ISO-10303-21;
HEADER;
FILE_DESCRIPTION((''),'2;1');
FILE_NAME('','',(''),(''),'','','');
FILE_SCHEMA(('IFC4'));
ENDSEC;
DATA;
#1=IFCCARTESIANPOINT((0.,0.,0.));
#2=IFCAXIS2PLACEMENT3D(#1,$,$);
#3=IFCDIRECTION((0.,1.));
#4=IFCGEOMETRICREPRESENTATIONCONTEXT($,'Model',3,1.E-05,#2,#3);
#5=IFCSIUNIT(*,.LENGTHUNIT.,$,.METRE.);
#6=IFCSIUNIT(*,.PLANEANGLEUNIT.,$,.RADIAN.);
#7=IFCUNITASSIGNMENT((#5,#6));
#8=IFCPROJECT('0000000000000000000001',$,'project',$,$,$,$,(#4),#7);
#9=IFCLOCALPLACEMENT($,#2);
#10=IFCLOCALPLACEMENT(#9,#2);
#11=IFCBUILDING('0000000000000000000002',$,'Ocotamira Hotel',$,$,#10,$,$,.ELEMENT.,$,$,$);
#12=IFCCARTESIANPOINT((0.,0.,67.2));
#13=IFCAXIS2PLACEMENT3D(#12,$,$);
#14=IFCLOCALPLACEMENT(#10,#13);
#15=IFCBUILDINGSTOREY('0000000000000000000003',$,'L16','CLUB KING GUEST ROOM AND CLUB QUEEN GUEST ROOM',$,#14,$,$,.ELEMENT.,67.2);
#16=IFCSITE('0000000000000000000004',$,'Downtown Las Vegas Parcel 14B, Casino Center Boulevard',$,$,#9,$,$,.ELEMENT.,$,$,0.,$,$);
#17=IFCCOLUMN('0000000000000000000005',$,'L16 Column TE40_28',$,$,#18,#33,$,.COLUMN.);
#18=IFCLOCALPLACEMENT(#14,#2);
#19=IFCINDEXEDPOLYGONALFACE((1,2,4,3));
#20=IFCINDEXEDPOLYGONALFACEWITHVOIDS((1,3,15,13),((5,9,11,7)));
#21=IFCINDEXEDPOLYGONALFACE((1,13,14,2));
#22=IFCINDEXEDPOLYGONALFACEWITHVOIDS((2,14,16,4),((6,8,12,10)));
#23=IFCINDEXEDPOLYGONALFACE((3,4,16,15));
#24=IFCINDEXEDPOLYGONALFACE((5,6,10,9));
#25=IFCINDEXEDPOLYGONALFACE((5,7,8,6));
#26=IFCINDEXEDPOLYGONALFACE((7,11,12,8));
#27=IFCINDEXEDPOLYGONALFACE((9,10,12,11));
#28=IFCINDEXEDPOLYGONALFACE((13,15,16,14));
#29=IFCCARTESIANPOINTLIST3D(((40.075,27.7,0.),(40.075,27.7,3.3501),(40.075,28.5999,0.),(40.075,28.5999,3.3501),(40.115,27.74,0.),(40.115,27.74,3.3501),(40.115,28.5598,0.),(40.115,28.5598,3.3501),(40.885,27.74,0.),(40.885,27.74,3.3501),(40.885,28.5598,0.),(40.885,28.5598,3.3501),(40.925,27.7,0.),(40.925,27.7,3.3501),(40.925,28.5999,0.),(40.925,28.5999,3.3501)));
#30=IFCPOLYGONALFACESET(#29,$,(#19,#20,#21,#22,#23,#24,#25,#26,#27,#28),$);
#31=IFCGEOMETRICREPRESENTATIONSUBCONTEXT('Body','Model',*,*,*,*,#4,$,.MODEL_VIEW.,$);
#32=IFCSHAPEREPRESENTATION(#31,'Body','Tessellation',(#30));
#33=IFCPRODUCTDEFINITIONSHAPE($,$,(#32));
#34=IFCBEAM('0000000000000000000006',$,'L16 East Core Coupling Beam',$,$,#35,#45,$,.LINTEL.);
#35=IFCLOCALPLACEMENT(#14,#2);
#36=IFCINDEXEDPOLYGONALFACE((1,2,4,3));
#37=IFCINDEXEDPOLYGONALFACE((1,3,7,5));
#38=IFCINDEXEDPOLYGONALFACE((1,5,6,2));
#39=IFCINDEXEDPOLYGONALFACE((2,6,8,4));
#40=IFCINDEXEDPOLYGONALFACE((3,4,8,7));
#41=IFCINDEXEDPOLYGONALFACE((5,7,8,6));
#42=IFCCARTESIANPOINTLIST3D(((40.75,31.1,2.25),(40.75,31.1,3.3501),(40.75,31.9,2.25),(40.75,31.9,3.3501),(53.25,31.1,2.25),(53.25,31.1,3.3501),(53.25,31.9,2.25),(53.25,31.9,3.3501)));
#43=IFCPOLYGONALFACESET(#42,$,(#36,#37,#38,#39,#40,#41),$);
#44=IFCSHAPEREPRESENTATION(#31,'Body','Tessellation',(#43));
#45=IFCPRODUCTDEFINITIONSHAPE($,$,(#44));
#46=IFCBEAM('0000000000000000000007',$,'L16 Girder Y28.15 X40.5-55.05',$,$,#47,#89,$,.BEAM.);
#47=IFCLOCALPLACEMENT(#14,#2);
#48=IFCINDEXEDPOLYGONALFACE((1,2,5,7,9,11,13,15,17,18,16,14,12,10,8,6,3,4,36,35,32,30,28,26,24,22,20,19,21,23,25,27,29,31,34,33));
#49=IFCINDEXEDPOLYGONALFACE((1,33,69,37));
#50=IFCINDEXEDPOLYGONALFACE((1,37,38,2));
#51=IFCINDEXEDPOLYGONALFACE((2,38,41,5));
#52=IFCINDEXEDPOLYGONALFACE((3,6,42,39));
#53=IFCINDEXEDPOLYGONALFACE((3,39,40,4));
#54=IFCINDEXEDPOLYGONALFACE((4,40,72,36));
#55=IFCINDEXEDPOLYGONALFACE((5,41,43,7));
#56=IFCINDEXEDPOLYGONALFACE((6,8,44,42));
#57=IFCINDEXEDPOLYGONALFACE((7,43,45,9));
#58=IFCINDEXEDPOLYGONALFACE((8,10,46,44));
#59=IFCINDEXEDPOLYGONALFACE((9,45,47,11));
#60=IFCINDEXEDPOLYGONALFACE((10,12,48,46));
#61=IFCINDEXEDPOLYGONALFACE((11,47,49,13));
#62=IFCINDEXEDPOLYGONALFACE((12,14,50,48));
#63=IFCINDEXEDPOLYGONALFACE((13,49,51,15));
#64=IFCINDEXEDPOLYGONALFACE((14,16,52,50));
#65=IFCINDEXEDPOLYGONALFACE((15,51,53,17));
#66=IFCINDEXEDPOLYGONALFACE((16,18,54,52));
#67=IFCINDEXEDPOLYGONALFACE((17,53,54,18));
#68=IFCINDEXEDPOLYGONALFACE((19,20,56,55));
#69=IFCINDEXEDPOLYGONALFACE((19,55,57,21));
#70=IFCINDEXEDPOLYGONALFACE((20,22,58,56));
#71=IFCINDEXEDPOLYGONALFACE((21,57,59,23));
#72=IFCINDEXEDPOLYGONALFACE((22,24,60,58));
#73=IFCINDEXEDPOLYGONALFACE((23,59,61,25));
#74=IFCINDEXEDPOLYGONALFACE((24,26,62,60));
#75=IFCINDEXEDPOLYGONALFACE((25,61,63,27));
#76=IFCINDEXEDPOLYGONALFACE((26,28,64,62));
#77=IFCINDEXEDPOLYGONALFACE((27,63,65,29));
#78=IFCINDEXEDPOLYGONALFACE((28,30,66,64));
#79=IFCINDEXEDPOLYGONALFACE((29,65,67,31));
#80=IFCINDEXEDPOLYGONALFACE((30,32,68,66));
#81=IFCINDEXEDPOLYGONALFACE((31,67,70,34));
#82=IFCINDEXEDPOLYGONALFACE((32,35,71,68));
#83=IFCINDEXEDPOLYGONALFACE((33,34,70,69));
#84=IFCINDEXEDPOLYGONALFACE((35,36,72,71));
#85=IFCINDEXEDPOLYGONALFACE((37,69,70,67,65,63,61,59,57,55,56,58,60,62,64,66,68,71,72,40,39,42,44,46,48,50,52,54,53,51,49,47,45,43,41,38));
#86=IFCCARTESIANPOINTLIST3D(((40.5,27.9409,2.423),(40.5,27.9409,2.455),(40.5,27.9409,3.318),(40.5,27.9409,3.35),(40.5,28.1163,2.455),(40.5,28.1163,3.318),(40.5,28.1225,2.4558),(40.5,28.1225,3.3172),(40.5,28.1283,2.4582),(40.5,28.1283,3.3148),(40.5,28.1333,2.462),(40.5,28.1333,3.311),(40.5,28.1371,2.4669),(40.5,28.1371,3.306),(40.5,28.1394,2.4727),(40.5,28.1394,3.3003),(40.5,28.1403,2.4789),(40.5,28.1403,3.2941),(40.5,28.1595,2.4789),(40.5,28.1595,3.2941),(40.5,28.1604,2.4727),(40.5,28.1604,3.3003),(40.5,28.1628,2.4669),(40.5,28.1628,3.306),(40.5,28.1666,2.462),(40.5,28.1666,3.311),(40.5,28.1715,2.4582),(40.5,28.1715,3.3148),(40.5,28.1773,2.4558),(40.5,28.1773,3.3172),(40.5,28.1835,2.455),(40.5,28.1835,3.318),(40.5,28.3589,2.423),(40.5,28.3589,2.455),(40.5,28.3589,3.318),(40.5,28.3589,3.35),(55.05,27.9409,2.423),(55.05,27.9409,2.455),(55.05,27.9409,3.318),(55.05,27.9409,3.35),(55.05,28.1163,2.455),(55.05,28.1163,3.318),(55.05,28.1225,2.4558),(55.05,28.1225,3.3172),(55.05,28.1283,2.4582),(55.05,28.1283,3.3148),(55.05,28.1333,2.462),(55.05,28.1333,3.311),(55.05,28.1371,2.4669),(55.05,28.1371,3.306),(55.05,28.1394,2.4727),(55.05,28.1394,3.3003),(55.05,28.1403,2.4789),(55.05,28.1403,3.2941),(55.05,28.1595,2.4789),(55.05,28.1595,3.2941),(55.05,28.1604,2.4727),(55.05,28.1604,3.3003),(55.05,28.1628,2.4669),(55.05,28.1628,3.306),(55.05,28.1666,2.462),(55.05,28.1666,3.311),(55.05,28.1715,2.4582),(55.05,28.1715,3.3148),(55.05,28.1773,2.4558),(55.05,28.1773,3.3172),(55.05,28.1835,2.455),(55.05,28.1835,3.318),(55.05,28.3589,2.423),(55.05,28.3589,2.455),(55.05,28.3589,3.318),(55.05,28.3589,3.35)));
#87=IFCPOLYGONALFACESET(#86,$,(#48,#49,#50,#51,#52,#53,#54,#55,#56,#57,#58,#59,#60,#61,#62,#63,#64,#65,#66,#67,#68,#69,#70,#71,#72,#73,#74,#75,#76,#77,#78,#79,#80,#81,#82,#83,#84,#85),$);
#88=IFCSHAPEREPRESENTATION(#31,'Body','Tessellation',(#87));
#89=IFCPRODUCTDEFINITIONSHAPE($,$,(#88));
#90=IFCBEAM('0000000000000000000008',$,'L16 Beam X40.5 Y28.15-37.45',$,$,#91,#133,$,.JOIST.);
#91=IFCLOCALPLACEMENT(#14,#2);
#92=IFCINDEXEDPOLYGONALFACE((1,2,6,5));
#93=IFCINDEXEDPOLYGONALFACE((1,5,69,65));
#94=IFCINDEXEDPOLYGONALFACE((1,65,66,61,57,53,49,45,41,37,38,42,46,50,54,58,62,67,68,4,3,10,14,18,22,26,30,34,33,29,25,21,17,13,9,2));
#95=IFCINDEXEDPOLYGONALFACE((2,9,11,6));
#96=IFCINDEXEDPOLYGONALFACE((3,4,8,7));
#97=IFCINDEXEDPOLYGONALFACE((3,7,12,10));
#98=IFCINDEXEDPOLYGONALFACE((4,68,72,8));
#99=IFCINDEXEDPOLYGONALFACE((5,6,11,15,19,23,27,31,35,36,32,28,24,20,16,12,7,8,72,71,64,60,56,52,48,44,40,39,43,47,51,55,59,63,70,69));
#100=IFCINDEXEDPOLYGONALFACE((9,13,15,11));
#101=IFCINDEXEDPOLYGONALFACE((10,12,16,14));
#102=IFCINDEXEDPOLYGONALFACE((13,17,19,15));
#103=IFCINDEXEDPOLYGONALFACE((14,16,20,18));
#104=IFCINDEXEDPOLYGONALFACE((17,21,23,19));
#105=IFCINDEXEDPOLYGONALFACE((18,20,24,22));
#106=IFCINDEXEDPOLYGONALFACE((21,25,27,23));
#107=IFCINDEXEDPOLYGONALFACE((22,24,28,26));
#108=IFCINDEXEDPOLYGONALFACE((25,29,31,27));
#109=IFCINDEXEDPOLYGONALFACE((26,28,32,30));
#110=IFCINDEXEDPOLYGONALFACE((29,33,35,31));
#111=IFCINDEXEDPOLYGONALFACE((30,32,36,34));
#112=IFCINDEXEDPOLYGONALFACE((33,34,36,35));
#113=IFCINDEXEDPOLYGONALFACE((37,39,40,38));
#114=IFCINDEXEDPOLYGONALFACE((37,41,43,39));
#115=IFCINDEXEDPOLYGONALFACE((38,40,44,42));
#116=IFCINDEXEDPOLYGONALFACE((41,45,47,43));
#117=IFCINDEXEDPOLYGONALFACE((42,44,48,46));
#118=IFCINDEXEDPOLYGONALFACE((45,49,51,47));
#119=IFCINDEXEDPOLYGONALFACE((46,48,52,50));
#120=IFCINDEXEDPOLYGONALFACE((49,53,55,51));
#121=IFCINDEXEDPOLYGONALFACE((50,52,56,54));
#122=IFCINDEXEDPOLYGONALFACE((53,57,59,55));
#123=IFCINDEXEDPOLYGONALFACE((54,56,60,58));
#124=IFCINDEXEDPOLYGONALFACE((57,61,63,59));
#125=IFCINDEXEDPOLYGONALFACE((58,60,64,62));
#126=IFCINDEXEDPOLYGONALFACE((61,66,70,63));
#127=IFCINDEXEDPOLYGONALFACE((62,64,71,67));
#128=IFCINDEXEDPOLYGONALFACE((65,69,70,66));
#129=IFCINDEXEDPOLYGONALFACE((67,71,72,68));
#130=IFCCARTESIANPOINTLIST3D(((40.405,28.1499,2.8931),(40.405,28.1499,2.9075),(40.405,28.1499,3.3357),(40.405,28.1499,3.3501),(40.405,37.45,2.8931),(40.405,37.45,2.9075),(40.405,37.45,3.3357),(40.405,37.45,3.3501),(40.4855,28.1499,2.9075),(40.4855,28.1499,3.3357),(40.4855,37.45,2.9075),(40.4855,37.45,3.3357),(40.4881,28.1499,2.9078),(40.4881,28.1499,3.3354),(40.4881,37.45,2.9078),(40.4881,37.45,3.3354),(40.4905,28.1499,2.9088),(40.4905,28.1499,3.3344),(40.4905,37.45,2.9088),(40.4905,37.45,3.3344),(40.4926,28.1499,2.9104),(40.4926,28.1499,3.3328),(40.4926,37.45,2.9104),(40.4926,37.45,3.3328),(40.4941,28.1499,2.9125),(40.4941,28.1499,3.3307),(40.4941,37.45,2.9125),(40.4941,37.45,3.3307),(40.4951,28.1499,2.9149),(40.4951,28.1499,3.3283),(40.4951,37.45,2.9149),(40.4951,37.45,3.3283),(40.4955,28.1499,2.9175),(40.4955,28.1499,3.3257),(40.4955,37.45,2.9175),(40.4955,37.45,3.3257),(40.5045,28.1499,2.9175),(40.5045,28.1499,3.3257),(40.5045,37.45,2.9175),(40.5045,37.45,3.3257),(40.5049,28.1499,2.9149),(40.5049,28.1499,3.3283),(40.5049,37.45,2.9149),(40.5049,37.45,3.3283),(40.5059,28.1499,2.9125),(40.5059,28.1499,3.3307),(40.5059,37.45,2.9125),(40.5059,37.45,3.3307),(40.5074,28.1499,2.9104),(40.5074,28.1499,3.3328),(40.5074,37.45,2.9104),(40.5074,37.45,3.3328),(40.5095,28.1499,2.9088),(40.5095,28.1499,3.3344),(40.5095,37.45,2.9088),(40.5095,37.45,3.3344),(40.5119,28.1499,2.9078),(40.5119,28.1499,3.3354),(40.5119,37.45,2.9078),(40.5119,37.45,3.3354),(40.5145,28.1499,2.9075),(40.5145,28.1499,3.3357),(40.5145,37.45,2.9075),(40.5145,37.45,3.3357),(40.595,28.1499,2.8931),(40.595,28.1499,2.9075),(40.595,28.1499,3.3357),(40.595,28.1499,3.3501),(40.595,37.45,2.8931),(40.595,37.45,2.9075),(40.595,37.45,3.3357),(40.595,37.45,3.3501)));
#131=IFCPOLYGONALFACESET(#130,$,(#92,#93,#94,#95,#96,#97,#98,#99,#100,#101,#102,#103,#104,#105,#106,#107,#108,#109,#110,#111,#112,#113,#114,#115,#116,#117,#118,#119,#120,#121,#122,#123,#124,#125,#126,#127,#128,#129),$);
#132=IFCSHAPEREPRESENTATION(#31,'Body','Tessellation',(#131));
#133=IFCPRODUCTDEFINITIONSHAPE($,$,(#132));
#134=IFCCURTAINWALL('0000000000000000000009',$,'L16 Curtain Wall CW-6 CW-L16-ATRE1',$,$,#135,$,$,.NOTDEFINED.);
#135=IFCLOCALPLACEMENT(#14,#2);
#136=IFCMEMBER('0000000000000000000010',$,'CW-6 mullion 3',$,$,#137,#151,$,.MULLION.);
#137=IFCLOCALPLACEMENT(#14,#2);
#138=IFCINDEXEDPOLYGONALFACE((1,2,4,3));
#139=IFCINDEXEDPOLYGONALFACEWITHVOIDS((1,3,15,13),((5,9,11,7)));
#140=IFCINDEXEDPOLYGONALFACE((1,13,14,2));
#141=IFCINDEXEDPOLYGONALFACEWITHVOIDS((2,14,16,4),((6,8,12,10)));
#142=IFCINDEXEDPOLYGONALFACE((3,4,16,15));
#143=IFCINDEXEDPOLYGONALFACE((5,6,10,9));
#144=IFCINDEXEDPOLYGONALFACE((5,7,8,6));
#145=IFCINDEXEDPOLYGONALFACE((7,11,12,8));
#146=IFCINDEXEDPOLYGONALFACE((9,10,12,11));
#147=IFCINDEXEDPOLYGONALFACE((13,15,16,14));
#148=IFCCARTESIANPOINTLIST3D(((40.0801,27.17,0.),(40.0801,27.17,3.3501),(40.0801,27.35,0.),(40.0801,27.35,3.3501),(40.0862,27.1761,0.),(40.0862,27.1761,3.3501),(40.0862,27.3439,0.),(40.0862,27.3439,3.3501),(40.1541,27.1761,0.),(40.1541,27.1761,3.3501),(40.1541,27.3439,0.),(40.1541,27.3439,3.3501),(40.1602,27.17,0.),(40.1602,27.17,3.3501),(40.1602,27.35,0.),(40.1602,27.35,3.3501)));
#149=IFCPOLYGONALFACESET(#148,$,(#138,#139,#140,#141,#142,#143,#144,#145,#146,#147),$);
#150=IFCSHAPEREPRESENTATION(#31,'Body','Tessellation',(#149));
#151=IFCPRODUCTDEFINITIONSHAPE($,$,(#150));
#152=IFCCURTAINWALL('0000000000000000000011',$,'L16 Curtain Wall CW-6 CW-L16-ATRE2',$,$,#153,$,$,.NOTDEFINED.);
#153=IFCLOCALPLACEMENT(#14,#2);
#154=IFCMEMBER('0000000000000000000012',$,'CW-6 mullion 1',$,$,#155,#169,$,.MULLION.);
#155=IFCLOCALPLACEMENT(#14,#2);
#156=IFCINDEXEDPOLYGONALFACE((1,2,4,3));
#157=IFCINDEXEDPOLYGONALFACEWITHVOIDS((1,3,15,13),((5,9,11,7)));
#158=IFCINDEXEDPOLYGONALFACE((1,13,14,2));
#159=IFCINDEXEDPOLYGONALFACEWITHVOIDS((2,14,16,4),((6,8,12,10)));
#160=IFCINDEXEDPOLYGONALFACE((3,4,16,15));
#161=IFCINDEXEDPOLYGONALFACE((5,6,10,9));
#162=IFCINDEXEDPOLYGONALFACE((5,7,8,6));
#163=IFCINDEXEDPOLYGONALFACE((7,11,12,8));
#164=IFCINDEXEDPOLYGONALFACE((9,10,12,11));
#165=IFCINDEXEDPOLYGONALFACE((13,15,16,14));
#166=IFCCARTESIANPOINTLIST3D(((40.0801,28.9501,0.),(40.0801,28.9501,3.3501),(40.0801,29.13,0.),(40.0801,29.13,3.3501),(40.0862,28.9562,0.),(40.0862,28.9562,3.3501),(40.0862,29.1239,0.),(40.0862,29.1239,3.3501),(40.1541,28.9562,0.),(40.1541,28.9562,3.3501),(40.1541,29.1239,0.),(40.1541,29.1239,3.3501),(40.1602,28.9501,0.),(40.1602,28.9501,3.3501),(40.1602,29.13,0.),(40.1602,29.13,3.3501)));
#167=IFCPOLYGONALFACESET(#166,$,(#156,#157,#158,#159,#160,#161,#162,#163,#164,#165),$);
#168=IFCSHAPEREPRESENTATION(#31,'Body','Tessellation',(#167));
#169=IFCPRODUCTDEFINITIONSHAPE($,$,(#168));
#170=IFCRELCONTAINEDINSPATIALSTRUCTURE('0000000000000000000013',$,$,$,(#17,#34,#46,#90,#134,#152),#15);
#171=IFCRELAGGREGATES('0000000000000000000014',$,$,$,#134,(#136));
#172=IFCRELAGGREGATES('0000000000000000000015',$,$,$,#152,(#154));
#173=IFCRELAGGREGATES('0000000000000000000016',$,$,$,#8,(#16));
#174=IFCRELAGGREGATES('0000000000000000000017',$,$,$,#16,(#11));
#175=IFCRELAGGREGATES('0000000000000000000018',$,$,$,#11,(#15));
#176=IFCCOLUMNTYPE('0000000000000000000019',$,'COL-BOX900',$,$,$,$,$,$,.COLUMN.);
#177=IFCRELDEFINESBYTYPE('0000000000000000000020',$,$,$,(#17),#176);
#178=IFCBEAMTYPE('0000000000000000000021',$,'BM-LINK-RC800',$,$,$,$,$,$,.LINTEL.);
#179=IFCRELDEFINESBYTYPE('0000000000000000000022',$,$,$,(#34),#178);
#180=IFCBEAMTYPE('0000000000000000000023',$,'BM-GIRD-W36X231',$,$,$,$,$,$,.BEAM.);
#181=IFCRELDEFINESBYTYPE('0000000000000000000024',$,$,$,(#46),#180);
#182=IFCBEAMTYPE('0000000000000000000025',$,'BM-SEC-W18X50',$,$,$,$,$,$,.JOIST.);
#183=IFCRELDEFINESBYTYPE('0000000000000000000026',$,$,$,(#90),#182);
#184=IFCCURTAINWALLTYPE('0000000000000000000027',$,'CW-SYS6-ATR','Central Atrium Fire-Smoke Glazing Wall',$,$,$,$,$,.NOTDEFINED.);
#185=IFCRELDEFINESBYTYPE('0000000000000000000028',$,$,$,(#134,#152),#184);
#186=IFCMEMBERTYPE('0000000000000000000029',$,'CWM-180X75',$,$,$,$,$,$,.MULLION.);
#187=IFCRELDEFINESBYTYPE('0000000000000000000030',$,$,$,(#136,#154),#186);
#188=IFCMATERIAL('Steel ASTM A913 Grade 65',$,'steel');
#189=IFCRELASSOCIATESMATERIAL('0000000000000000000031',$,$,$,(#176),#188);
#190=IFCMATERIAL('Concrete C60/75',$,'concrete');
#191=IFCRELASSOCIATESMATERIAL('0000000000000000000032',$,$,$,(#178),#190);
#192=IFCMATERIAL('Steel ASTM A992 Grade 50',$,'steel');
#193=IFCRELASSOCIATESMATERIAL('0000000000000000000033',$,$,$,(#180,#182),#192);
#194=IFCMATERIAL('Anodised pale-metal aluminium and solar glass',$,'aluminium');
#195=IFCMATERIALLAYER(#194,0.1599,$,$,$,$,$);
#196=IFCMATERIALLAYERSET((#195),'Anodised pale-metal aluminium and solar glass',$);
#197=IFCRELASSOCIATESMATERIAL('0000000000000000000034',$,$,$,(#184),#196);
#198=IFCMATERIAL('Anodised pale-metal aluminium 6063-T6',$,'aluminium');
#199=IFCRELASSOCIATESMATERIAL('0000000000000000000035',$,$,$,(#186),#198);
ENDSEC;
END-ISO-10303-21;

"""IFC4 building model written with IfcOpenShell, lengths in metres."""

from ifc_helpers import new_model, si_unit, direction, frame, origin, origin_2d, place, context, subcontext, project, spatial, rectangle, hollow_rectangle, i_section, extrude, source, transform, mapped, material, layer, layer_set, material_profile, profile_set, type_object, element, aggregate, save


model = new_model("IFC4")

# Units and contexts
model_context = context("Model", 3, precision=1e-05, world=origin(), true_north=direction((0.0, 1.0)))
body_context = subcontext(model_context, "Body", "Model", "MODEL_VIEW")
ifc_project = project(units=[si_unit("LENGTHUNIT", "METRE"), si_unit("PLANEANGLEUNIT", "RADIAN")], contexts=[model_context])

# Site, building, storey
site_placement = place(None, origin())
site = spatial("IfcSite", under=ifc_project, at=site_placement, Name="Downtown Las Vegas Parcel 14B, Casino Center Boulevard", CompositionType="ELEMENT", RefElevation=0.0)
building_placement = place(site_placement, origin())
building = spatial("IfcBuilding", under=site, at=building_placement, Name="Ocotamira Hotel", CompositionType="ELEMENT")
storey_placement = place(building_placement, frame((0.0, 0.0, 67.2)))
storey = spatial("IfcBuildingStorey", under=building, at=storey_placement, Name="L16", Description="CLUB KING GUEST ROOM AND CLUB QUEEN GUEST ROOM", CompositionType="ELEMENT", Elevation=67.2)

# Column
ifc_material_1 = material(Name="Steel ASTM A913 Grade 65", Category="steel")
ifc_material_profile_1 = material_profile(ifc_material_1, hollow_rectangle(XDim=0.8501, YDim=0.8999, WallThickness=0.04, at=origin_2d()), Name="BOX900X850X40")
ifc_profile_set_1 = profile_set([ifc_material_profile_1], Name="Steel ASTM A913 Grade 65")
column_type = type_object("IfcColumnType", Name="COL-BOX900", PredefinedType="COLUMN", material=ifc_profile_set_1)
shared_shape_1 = source(origin(), body_context, "Body", "SweptSolid", [
    extrude(hollow_rectangle(XDim=0.8501, YDim=0.8999, WallThickness=0.04, at=origin_2d()), origin(), (0.0, 0.0, 1.0), 3.3501),
])
column_placement = place(storey_placement, frame((40.5, 28.1499, 0.0), z_axis=(0.0, 0.0, 1.0), x_axis=(1.0, 0.0, 0.0)))
element("IfcColumn", 1, at=column_placement, inside=storey, type_object=column_type, Name="L16 Column TE40_28", PredefinedType="COLUMN", context=body_context, shape_type="MappedRepresentation", body=[
    mapped(shared_shape_1, transform((0.0, 0.0, 0.0), scale=1.0)),
])

# Beams
ifc_material_2 = material(Name="Concrete C60/75", Category="concrete")
ifc_material_profile_2 = material_profile(ifc_material_2, rectangle(XDim=0.8, YDim=1.1001, at=origin_2d()), Name="RC800X1100")
ifc_profile_set_2 = profile_set([ifc_material_profile_2], Name="Concrete C60/75")
beam_type_1 = type_object("IfcBeamType", Name="BM-LINK-RC800", PredefinedType="LINTEL", material=ifc_profile_set_2)
shared_shape_2 = source(origin(), body_context, "Body", "SweptSolid", [
    extrude(rectangle(XDim=0.8, YDim=1.1001, at=origin_2d()), origin(), (0.0, 0.0, 1.0), 12.5),
])
beam_1_placement = place(storey_placement, frame((40.75, 31.5, 2.8), z_axis=(1.0, 0.0, 0.0), x_axis=(0.0, 1.0, 0.0)))
element("IfcBeam", 2, at=beam_1_placement, inside=storey, type_object=beam_type_1, Name="L16 East Core Coupling Beam", PredefinedType="LINTEL", context=body_context, shape_type="MappedRepresentation", body=[
    mapped(shared_shape_2, transform((0.0, 0.0, 0.0), scale=1.0)),
])
ifc_material_3 = material(Name="Steel ASTM A992 Grade 50", Category="steel")
ifc_material_profile_3 = material_profile(ifc_material_3, i_section(OverallWidth=0.418, OverallDepth=0.927, WebThickness=0.0193, FlangeThickness=0.032, FilletRadius=0.0239, at=origin_2d()), Name="W36X231")
ifc_profile_set_3 = profile_set([ifc_material_profile_3], Name="Steel ASTM A992 Grade 50")
beam_type_2 = type_object("IfcBeamType", Name="BM-GIRD-W36X231", PredefinedType="BEAM", material=ifc_profile_set_3)
shared_shape_3 = source(origin(), body_context, "Body", "SweptSolid", [
    extrude(i_section(OverallWidth=0.418, OverallDepth=0.927, WebThickness=0.0193, FlangeThickness=0.032, FilletRadius=0.0239, at=origin_2d()), origin(), (0.0, 0.0, 1.0), 14.55),
])
beam_2_placement = place(storey_placement, frame((40.5, 28.1499, 2.8865), z_axis=(1.0, 0.0, 0.0), x_axis=(0.0, 1.0, 0.0)))
element("IfcBeam", 3, at=beam_2_placement, inside=storey, type_object=beam_type_2, Name="L16 Girder Y28.15 X40.5-55.05", PredefinedType="BEAM", context=body_context, shape_type="MappedRepresentation", body=[
    mapped(shared_shape_3, transform((0.0, 0.0, 0.0), scale=1.0)),
])
ifc_material_profile_4 = material_profile(ifc_material_3, i_section(OverallWidth=0.1899, OverallDepth=0.457, WebThickness=0.009, FlangeThickness=0.0144, FilletRadius=0.01, at=origin_2d()), Name="W18X50")
ifc_profile_set_4 = profile_set([ifc_material_profile_4], Name="Steel ASTM A992 Grade 50")
beam_type_3 = type_object("IfcBeamType", Name="BM-SEC-W18X50", PredefinedType="JOIST", material=ifc_profile_set_4)
shared_shape_4 = source(origin(), body_context, "Body", "SweptSolid", [
    extrude(i_section(OverallWidth=0.1899, OverallDepth=0.457, WebThickness=0.009, FlangeThickness=0.0144, FilletRadius=0.01, at=origin_2d()), origin(), (0.0, 0.0, 1.0), 9.3),
])
beam_3_placement = place(storey_placement, frame((40.5, 28.1499, 3.1216), z_axis=(0.0, 1.0, 0.0), x_axis=(-1.0, 0.0, 0.0)))
element("IfcBeam", 4, at=beam_3_placement, inside=storey, type_object=beam_type_3, Name="L16 Beam X40.5 Y28.15-37.45", PredefinedType="JOIST", context=body_context, shape_type="MappedRepresentation", body=[
    mapped(shared_shape_4, transform((0.0, 0.0, 0.0), scale=1.0)),
])

# Curtain wall, member
ifc_material_4 = material(Name="Anodised pale-metal aluminium and solar glass", Category="aluminium")
ifc_layer_1 = layer(ifc_material_4, 0.1599)
ifc_layer_set_1 = layer_set([ifc_layer_1], Name="Anodised pale-metal aluminium and solar glass")
curtain_wall_type = type_object("IfcCurtainWallType", Name="CW-SYS6-ATR", Description="Central Atrium Fire-Smoke Glazing Wall", PredefinedType="NOTDEFINED", material=ifc_layer_set_1)
curtain_wall_1_placement = place(storey_placement, origin())
curtain_wall_1 = element("IfcCurtainWall", 5, at=curtain_wall_1_placement, inside=storey, type_object=curtain_wall_type, Name="L16 Curtain Wall CW-6 CW-L16-ATRE1", PredefinedType="NOTDEFINED")
ifc_material_5 = material(Name="Anodised pale-metal aluminium 6063-T6", Category="aluminium")
ifc_material_profile_5 = material_profile(ifc_material_5, hollow_rectangle(XDim=0.0801, YDim=0.1799, WallThickness=0.0061, at=origin_2d()), Name="HSS180X80X6")
ifc_profile_set_5 = profile_set([ifc_material_profile_5], Name="Anodised pale-metal aluminium 6063-T6")
member_type_1 = type_object("IfcMemberType", Name="CWM-180X75", PredefinedType="MULLION", material=ifc_profile_set_5)
shared_shape_5 = source(origin(), body_context, "Body", "SweptSolid", [
    extrude(hollow_rectangle(XDim=0.0801, YDim=0.1799, WallThickness=0.0061, at=origin_2d()), origin(), (0.0, 0.0, 1.0), 3.3501),
])
member_1_placement = place(storey_placement, frame((40.1201, 27.26, 0.0), z_axis=(0.0, 0.0, 1.0), x_axis=(-1.0, 0.0, 0.0)))
member_1 = element("IfcMember", 6, at=member_1_placement, type_object=member_type_1, Name="CW-6 mullion 3", PredefinedType="MULLION", context=body_context, shape_type="MappedRepresentation", body=[
    mapped(shared_shape_5, transform((0.0, 0.0, 0.0), scale=1.0)),
])
aggregate(curtain_wall_1, [member_1])

# Curtain wall, member
curtain_wall_2_placement = place(storey_placement, origin())
curtain_wall_2 = element("IfcCurtainWall", 7, at=curtain_wall_2_placement, inside=storey, type_object=curtain_wall_type, Name="L16 Curtain Wall CW-6 CW-L16-ATRE2", PredefinedType="NOTDEFINED")
member_2_placement = place(storey_placement, frame((40.1201, 29.04, 0.0), z_axis=(0.0, 0.0, 1.0), x_axis=(-1.0, 0.0, 0.0)))
member_2 = element("IfcMember", 8, at=member_2_placement, type_object=member_type_1, Name="CW-6 mullion 1", PredefinedType="MULLION", context=body_context, shape_type="MappedRepresentation", body=[
    mapped(shared_shape_5, transform((0.0, 0.0, 0.0), scale=1.0)),
])
aggregate(curtain_wall_2, [member_2])

save(model, "model.ifc")
